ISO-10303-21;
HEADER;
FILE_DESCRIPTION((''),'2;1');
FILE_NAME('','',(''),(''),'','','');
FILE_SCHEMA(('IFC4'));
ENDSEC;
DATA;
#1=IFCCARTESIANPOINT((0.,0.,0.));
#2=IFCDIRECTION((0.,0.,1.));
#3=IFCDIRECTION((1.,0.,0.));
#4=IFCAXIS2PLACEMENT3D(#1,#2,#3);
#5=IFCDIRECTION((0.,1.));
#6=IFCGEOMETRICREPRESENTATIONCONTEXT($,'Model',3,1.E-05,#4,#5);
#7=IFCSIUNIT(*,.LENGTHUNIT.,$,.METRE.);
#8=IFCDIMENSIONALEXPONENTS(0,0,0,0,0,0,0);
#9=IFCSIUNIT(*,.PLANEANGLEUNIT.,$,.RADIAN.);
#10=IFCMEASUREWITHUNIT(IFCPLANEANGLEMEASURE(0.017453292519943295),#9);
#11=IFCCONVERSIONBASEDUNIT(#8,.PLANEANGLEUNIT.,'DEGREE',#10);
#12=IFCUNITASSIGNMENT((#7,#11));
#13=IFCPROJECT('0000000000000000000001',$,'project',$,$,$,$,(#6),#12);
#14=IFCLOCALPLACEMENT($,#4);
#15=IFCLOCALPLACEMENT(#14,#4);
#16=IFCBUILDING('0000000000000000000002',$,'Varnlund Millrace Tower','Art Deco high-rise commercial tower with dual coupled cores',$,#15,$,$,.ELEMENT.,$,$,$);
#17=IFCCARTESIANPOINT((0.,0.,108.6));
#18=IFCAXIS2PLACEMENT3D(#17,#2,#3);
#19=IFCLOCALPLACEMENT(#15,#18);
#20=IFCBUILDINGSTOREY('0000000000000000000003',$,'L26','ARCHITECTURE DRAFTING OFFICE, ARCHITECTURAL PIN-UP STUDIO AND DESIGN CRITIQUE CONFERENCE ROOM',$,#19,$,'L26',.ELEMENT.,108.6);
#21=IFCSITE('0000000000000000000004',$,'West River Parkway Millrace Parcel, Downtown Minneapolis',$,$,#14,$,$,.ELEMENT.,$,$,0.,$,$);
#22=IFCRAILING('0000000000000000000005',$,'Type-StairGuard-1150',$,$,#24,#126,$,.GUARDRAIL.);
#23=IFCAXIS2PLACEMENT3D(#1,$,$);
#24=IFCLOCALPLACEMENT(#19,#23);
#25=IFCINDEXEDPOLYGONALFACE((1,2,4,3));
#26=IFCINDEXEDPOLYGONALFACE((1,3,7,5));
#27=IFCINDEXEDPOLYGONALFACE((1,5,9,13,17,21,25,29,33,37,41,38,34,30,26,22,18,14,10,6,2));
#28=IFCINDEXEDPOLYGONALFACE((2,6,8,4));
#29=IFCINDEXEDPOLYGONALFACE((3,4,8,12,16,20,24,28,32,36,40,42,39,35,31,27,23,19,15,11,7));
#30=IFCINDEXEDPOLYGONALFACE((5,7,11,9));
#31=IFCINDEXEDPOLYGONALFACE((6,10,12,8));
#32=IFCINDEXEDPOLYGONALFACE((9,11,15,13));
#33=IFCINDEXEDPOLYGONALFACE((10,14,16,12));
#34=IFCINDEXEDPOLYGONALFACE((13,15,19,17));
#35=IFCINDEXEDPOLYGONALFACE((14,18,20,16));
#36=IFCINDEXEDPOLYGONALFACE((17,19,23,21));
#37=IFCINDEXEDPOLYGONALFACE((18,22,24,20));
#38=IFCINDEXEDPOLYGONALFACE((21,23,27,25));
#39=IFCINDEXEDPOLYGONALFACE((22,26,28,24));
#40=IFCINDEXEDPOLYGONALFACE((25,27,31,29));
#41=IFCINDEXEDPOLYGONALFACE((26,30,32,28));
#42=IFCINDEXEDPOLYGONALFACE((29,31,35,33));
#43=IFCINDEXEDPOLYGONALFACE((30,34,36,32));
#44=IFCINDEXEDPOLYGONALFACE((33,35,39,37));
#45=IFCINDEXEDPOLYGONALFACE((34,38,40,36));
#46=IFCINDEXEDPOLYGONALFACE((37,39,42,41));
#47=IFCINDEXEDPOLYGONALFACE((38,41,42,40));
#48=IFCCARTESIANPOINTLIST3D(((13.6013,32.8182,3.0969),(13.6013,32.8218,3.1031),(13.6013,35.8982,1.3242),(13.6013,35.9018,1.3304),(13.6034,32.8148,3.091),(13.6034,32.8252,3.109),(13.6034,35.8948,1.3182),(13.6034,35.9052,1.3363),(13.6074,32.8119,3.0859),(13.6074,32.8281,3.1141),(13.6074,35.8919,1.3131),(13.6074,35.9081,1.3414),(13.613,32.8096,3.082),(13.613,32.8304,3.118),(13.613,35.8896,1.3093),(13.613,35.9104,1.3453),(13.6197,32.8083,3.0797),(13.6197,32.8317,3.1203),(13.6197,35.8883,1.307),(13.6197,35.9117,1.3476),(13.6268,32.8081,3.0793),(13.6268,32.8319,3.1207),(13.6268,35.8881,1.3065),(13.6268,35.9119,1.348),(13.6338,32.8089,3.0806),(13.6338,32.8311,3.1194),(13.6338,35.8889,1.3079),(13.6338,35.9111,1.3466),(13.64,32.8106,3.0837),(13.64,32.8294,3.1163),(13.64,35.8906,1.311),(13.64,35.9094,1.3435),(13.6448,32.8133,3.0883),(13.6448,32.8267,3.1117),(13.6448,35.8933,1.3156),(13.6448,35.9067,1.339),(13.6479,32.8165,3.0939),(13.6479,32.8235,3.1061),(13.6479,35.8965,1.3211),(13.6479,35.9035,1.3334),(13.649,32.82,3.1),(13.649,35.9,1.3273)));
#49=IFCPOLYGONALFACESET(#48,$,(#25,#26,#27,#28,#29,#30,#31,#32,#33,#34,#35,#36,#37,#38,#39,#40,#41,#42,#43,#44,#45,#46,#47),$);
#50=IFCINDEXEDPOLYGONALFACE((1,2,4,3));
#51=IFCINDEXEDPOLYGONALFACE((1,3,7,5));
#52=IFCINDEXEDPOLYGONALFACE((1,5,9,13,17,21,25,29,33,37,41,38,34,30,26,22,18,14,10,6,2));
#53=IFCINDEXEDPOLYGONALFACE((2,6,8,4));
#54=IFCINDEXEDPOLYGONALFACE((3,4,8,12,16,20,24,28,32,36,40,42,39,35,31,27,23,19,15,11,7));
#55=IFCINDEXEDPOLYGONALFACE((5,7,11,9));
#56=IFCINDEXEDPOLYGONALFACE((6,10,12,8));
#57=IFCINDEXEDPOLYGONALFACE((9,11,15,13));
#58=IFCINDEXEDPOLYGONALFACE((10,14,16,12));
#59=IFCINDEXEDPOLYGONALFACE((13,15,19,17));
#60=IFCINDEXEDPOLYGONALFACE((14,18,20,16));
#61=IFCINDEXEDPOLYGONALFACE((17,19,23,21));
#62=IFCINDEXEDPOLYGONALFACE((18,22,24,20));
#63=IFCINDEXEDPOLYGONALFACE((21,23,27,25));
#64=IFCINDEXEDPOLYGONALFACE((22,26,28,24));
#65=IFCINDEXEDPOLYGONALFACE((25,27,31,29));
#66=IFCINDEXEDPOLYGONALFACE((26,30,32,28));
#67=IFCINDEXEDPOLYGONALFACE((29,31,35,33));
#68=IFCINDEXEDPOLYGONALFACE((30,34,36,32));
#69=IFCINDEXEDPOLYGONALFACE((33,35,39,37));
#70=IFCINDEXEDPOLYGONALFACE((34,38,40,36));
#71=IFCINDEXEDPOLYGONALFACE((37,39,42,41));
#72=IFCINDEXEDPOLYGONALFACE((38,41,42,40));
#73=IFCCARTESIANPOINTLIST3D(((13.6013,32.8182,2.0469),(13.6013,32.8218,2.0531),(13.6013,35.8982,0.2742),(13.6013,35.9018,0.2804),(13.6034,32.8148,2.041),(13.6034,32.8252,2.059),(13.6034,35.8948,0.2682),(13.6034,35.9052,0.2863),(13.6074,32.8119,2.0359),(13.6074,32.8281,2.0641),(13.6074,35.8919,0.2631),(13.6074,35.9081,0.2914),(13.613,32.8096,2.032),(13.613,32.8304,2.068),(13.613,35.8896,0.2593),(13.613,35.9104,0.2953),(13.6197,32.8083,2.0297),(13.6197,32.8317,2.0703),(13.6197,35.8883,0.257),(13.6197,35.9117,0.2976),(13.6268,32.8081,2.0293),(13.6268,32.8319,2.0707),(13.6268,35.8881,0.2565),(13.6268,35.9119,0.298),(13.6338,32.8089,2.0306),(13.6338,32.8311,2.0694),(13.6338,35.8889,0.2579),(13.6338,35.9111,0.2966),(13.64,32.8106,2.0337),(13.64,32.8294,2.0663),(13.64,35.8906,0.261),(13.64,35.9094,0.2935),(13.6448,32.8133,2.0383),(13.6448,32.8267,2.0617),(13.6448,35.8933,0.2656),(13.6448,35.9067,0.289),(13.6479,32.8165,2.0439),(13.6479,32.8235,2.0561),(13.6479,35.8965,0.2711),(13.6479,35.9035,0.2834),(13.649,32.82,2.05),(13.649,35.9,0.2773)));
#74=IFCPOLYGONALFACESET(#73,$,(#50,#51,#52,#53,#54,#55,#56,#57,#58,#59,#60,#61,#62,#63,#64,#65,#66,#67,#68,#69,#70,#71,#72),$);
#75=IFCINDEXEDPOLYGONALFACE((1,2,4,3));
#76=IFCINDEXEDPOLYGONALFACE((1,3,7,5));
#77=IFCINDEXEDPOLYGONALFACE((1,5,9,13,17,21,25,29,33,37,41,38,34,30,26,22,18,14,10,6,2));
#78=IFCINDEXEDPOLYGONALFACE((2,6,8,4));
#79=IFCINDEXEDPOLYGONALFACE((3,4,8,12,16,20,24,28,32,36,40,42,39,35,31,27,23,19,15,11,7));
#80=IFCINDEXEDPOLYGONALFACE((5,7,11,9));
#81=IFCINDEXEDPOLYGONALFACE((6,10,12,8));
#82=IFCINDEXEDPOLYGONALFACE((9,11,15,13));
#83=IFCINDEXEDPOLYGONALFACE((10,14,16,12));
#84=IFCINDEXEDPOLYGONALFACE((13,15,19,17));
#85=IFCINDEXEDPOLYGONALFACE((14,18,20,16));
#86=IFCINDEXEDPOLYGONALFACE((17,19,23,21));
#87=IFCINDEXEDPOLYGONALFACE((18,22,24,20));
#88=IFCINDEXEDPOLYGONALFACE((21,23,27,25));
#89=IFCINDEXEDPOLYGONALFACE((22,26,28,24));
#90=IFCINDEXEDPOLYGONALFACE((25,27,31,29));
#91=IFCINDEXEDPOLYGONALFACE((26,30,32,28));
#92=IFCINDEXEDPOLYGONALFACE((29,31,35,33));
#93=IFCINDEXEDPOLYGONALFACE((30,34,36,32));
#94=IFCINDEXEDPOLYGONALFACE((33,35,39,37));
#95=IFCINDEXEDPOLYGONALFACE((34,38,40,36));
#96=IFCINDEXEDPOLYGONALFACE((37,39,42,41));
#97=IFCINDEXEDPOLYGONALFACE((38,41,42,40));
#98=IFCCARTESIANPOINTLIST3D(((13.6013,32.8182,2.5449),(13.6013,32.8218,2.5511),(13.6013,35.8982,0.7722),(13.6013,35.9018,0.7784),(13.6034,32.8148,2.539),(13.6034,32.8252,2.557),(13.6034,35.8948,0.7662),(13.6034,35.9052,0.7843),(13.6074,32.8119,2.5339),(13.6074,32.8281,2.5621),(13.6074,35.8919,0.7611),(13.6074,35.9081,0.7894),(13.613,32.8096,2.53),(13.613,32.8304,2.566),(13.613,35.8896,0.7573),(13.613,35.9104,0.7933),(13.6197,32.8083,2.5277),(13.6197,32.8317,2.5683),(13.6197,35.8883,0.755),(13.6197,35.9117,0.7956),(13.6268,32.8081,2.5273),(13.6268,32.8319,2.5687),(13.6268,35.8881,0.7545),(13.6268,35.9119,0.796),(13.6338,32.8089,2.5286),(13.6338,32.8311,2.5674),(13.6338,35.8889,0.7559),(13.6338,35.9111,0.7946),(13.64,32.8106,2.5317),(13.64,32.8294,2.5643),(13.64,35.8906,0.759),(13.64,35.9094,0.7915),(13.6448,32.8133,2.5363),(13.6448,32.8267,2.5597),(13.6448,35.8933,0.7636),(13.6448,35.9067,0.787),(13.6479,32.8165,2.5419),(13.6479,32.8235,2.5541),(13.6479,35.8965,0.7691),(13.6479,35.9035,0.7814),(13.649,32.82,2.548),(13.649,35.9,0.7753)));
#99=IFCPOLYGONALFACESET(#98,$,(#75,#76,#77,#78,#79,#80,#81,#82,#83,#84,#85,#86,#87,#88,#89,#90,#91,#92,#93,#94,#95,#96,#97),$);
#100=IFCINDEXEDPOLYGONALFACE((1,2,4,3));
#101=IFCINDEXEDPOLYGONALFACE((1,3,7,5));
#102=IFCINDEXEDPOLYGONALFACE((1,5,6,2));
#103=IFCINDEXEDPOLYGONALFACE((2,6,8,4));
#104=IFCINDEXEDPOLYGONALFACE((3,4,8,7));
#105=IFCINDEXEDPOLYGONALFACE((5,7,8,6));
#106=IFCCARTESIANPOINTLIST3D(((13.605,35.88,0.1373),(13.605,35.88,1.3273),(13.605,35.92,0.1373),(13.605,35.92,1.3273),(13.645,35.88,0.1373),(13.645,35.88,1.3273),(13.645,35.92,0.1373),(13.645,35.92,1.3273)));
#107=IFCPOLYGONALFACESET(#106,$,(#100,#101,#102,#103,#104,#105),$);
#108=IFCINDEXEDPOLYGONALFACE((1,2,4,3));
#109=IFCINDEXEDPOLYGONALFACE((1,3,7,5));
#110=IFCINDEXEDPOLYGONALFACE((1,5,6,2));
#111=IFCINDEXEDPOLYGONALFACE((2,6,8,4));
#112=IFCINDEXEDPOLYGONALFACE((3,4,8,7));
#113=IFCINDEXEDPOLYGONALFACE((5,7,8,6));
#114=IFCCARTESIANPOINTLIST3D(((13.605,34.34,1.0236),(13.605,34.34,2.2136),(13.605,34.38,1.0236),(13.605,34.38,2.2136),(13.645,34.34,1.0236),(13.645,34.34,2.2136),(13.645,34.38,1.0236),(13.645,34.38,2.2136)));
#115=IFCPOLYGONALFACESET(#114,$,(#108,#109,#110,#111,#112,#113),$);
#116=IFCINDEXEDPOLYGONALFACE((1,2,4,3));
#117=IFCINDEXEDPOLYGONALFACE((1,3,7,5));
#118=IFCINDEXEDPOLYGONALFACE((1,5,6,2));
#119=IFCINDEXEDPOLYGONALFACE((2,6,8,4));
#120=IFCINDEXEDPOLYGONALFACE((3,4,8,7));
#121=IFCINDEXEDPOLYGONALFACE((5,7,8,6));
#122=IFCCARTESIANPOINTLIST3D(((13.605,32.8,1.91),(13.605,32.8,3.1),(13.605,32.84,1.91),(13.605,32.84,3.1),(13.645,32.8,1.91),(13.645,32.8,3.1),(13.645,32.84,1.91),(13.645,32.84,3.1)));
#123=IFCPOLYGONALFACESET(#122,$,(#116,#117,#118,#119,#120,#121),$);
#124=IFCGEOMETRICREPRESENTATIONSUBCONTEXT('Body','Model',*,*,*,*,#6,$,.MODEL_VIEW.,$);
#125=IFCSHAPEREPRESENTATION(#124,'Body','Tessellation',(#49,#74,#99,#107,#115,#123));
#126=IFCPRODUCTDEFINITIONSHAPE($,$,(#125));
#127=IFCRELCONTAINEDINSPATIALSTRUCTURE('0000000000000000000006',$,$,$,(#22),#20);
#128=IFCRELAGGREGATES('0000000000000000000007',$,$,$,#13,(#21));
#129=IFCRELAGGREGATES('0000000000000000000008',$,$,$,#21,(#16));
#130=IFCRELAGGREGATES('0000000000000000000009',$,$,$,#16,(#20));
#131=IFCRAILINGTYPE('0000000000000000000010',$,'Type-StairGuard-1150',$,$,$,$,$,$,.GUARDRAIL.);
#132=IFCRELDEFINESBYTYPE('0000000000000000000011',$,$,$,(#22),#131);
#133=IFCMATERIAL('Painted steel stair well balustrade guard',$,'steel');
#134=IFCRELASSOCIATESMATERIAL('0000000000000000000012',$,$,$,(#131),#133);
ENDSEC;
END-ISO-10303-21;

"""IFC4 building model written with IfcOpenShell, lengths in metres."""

from ifc_helpers import new_model, entity, si_unit, converted_unit, direction, frame, origin_with_axes, origin_2d_with_axis, place, context, subcontext, project, spatial, rectangle, circle, extrude, material, type_object, element, save


model = new_model("IFC4")

# Units and contexts
model_context = context("Model", 3, precision=1e-05, world=origin_with_axes(), true_north=direction((0.0, 1.0)))
body_context = subcontext(model_context, "Body", "Model", "MODEL_VIEW")
ifc_project = project(units=[si_unit("LENGTHUNIT", "METRE"), converted_unit("PLANEANGLEUNIT", "DEGREE", entity("IfcPlaneAngleMeasure", 0.017453292519943295), si_unit("PLANEANGLEUNIT", "RADIAN"), dimensions=[0, 0, 0, 0, 0, 0, 0])], contexts=[model_context])

# Site, building, storey
site_placement = place(None, origin_with_axes())
site = spatial("IfcSite", under=ifc_project, at=site_placement, Name="West River Parkway Millrace Parcel, Downtown Minneapolis", CompositionType="ELEMENT", RefElevation=0.0)
building_placement = place(site_placement, origin_with_axes())
building = spatial("IfcBuilding", under=site, at=building_placement, Name="Varnlund Millrace Tower", Description="Art Deco high-rise commercial tower with dual coupled cores", CompositionType="ELEMENT")
storey_placement = place(building_placement, frame((0.0, 0.0, 108.6), z_axis=(0.0, 0.0, 1.0), x_axis=(1.0, 0.0, 0.0)))
storey = spatial("IfcBuildingStorey", under=building, at=storey_placement, Name="L26", Description="ARCHITECTURE DRAFTING OFFICE, ARCHITECTURAL PIN-UP STUDIO AND DESIGN CRITIQUE CONFERENCE ROOM", LongName="L26", CompositionType="ELEMENT", Elevation=108.6)

# Railing
ifc_material_1 = material(Name="Painted steel stair well balustrade guard", Category="steel")
railing_type_1 = type_object("IfcRailingType", Name="Type-StairGuard-1150", PredefinedType="GUARDRAIL", material=ifc_material_1)
railing_1_placement = place(storey_placement, frame((0.0, 0.0, -108.6), z_axis=(0.0, 0.0, 1.0), x_axis=(1.0, 0.0, 0.0)))
element("IfcRailing", 1, at=railing_1_placement, inside=storey, type_object=railing_type_1, Name="Type-StairGuard-1150", PredefinedType="GUARDRAIL", context=body_context, shape_type="SweptSolid", body=[
    extrude(circle(Radius=0.024, at=origin_2d_with_axis()), frame((13.625, 35.9, 109.9273), z_axis=(0.0, -0.866696, 0.498836), x_axis=(1.0, 0.0, 0.0)), (0.0, 0.0, 1.0), 3.5537),
    extrude(circle(Radius=0.024, at=origin_2d_with_axis()), frame((13.625, 35.9, 108.8773), z_axis=(0.0, -0.866696, 0.498836), x_axis=(1.0, 0.0, 0.0)), (0.0, 0.0, 1.0), 3.5537),
    extrude(circle(Radius=0.024, at=origin_2d_with_axis()), frame((13.625, 35.9, 109.3753), z_axis=(0.0, -0.866696, 0.498836), x_axis=(1.0, 0.0, 0.0)), (0.0, 0.0, 1.0), 3.5537),
    extrude(rectangle(XDim=0.04, YDim=0.04, at=origin_2d_with_axis()), frame((13.625, 35.9, 108.7373), z_axis=(0.0, 0.0, 1.0), x_axis=(1.0, 0.0, 0.0)), (0.0, 0.0, 1.0), 1.19),
    extrude(rectangle(XDim=0.04, YDim=0.04, at=origin_2d_with_axis()), frame((13.625, 34.36, 109.6236), z_axis=(0.0, 0.0, 1.0), x_axis=(1.0, 0.0, 0.0)), (0.0, 0.0, 1.0), 1.19),
    extrude(rectangle(XDim=0.04, YDim=0.04, at=origin_2d_with_axis()), frame((13.625, 32.82, 110.51), z_axis=(0.0, 0.0, 1.0), x_axis=(1.0, 0.0, 0.0)), (0.0, 0.0, 1.0), 1.19),
])

save(model, "model.ifc")
